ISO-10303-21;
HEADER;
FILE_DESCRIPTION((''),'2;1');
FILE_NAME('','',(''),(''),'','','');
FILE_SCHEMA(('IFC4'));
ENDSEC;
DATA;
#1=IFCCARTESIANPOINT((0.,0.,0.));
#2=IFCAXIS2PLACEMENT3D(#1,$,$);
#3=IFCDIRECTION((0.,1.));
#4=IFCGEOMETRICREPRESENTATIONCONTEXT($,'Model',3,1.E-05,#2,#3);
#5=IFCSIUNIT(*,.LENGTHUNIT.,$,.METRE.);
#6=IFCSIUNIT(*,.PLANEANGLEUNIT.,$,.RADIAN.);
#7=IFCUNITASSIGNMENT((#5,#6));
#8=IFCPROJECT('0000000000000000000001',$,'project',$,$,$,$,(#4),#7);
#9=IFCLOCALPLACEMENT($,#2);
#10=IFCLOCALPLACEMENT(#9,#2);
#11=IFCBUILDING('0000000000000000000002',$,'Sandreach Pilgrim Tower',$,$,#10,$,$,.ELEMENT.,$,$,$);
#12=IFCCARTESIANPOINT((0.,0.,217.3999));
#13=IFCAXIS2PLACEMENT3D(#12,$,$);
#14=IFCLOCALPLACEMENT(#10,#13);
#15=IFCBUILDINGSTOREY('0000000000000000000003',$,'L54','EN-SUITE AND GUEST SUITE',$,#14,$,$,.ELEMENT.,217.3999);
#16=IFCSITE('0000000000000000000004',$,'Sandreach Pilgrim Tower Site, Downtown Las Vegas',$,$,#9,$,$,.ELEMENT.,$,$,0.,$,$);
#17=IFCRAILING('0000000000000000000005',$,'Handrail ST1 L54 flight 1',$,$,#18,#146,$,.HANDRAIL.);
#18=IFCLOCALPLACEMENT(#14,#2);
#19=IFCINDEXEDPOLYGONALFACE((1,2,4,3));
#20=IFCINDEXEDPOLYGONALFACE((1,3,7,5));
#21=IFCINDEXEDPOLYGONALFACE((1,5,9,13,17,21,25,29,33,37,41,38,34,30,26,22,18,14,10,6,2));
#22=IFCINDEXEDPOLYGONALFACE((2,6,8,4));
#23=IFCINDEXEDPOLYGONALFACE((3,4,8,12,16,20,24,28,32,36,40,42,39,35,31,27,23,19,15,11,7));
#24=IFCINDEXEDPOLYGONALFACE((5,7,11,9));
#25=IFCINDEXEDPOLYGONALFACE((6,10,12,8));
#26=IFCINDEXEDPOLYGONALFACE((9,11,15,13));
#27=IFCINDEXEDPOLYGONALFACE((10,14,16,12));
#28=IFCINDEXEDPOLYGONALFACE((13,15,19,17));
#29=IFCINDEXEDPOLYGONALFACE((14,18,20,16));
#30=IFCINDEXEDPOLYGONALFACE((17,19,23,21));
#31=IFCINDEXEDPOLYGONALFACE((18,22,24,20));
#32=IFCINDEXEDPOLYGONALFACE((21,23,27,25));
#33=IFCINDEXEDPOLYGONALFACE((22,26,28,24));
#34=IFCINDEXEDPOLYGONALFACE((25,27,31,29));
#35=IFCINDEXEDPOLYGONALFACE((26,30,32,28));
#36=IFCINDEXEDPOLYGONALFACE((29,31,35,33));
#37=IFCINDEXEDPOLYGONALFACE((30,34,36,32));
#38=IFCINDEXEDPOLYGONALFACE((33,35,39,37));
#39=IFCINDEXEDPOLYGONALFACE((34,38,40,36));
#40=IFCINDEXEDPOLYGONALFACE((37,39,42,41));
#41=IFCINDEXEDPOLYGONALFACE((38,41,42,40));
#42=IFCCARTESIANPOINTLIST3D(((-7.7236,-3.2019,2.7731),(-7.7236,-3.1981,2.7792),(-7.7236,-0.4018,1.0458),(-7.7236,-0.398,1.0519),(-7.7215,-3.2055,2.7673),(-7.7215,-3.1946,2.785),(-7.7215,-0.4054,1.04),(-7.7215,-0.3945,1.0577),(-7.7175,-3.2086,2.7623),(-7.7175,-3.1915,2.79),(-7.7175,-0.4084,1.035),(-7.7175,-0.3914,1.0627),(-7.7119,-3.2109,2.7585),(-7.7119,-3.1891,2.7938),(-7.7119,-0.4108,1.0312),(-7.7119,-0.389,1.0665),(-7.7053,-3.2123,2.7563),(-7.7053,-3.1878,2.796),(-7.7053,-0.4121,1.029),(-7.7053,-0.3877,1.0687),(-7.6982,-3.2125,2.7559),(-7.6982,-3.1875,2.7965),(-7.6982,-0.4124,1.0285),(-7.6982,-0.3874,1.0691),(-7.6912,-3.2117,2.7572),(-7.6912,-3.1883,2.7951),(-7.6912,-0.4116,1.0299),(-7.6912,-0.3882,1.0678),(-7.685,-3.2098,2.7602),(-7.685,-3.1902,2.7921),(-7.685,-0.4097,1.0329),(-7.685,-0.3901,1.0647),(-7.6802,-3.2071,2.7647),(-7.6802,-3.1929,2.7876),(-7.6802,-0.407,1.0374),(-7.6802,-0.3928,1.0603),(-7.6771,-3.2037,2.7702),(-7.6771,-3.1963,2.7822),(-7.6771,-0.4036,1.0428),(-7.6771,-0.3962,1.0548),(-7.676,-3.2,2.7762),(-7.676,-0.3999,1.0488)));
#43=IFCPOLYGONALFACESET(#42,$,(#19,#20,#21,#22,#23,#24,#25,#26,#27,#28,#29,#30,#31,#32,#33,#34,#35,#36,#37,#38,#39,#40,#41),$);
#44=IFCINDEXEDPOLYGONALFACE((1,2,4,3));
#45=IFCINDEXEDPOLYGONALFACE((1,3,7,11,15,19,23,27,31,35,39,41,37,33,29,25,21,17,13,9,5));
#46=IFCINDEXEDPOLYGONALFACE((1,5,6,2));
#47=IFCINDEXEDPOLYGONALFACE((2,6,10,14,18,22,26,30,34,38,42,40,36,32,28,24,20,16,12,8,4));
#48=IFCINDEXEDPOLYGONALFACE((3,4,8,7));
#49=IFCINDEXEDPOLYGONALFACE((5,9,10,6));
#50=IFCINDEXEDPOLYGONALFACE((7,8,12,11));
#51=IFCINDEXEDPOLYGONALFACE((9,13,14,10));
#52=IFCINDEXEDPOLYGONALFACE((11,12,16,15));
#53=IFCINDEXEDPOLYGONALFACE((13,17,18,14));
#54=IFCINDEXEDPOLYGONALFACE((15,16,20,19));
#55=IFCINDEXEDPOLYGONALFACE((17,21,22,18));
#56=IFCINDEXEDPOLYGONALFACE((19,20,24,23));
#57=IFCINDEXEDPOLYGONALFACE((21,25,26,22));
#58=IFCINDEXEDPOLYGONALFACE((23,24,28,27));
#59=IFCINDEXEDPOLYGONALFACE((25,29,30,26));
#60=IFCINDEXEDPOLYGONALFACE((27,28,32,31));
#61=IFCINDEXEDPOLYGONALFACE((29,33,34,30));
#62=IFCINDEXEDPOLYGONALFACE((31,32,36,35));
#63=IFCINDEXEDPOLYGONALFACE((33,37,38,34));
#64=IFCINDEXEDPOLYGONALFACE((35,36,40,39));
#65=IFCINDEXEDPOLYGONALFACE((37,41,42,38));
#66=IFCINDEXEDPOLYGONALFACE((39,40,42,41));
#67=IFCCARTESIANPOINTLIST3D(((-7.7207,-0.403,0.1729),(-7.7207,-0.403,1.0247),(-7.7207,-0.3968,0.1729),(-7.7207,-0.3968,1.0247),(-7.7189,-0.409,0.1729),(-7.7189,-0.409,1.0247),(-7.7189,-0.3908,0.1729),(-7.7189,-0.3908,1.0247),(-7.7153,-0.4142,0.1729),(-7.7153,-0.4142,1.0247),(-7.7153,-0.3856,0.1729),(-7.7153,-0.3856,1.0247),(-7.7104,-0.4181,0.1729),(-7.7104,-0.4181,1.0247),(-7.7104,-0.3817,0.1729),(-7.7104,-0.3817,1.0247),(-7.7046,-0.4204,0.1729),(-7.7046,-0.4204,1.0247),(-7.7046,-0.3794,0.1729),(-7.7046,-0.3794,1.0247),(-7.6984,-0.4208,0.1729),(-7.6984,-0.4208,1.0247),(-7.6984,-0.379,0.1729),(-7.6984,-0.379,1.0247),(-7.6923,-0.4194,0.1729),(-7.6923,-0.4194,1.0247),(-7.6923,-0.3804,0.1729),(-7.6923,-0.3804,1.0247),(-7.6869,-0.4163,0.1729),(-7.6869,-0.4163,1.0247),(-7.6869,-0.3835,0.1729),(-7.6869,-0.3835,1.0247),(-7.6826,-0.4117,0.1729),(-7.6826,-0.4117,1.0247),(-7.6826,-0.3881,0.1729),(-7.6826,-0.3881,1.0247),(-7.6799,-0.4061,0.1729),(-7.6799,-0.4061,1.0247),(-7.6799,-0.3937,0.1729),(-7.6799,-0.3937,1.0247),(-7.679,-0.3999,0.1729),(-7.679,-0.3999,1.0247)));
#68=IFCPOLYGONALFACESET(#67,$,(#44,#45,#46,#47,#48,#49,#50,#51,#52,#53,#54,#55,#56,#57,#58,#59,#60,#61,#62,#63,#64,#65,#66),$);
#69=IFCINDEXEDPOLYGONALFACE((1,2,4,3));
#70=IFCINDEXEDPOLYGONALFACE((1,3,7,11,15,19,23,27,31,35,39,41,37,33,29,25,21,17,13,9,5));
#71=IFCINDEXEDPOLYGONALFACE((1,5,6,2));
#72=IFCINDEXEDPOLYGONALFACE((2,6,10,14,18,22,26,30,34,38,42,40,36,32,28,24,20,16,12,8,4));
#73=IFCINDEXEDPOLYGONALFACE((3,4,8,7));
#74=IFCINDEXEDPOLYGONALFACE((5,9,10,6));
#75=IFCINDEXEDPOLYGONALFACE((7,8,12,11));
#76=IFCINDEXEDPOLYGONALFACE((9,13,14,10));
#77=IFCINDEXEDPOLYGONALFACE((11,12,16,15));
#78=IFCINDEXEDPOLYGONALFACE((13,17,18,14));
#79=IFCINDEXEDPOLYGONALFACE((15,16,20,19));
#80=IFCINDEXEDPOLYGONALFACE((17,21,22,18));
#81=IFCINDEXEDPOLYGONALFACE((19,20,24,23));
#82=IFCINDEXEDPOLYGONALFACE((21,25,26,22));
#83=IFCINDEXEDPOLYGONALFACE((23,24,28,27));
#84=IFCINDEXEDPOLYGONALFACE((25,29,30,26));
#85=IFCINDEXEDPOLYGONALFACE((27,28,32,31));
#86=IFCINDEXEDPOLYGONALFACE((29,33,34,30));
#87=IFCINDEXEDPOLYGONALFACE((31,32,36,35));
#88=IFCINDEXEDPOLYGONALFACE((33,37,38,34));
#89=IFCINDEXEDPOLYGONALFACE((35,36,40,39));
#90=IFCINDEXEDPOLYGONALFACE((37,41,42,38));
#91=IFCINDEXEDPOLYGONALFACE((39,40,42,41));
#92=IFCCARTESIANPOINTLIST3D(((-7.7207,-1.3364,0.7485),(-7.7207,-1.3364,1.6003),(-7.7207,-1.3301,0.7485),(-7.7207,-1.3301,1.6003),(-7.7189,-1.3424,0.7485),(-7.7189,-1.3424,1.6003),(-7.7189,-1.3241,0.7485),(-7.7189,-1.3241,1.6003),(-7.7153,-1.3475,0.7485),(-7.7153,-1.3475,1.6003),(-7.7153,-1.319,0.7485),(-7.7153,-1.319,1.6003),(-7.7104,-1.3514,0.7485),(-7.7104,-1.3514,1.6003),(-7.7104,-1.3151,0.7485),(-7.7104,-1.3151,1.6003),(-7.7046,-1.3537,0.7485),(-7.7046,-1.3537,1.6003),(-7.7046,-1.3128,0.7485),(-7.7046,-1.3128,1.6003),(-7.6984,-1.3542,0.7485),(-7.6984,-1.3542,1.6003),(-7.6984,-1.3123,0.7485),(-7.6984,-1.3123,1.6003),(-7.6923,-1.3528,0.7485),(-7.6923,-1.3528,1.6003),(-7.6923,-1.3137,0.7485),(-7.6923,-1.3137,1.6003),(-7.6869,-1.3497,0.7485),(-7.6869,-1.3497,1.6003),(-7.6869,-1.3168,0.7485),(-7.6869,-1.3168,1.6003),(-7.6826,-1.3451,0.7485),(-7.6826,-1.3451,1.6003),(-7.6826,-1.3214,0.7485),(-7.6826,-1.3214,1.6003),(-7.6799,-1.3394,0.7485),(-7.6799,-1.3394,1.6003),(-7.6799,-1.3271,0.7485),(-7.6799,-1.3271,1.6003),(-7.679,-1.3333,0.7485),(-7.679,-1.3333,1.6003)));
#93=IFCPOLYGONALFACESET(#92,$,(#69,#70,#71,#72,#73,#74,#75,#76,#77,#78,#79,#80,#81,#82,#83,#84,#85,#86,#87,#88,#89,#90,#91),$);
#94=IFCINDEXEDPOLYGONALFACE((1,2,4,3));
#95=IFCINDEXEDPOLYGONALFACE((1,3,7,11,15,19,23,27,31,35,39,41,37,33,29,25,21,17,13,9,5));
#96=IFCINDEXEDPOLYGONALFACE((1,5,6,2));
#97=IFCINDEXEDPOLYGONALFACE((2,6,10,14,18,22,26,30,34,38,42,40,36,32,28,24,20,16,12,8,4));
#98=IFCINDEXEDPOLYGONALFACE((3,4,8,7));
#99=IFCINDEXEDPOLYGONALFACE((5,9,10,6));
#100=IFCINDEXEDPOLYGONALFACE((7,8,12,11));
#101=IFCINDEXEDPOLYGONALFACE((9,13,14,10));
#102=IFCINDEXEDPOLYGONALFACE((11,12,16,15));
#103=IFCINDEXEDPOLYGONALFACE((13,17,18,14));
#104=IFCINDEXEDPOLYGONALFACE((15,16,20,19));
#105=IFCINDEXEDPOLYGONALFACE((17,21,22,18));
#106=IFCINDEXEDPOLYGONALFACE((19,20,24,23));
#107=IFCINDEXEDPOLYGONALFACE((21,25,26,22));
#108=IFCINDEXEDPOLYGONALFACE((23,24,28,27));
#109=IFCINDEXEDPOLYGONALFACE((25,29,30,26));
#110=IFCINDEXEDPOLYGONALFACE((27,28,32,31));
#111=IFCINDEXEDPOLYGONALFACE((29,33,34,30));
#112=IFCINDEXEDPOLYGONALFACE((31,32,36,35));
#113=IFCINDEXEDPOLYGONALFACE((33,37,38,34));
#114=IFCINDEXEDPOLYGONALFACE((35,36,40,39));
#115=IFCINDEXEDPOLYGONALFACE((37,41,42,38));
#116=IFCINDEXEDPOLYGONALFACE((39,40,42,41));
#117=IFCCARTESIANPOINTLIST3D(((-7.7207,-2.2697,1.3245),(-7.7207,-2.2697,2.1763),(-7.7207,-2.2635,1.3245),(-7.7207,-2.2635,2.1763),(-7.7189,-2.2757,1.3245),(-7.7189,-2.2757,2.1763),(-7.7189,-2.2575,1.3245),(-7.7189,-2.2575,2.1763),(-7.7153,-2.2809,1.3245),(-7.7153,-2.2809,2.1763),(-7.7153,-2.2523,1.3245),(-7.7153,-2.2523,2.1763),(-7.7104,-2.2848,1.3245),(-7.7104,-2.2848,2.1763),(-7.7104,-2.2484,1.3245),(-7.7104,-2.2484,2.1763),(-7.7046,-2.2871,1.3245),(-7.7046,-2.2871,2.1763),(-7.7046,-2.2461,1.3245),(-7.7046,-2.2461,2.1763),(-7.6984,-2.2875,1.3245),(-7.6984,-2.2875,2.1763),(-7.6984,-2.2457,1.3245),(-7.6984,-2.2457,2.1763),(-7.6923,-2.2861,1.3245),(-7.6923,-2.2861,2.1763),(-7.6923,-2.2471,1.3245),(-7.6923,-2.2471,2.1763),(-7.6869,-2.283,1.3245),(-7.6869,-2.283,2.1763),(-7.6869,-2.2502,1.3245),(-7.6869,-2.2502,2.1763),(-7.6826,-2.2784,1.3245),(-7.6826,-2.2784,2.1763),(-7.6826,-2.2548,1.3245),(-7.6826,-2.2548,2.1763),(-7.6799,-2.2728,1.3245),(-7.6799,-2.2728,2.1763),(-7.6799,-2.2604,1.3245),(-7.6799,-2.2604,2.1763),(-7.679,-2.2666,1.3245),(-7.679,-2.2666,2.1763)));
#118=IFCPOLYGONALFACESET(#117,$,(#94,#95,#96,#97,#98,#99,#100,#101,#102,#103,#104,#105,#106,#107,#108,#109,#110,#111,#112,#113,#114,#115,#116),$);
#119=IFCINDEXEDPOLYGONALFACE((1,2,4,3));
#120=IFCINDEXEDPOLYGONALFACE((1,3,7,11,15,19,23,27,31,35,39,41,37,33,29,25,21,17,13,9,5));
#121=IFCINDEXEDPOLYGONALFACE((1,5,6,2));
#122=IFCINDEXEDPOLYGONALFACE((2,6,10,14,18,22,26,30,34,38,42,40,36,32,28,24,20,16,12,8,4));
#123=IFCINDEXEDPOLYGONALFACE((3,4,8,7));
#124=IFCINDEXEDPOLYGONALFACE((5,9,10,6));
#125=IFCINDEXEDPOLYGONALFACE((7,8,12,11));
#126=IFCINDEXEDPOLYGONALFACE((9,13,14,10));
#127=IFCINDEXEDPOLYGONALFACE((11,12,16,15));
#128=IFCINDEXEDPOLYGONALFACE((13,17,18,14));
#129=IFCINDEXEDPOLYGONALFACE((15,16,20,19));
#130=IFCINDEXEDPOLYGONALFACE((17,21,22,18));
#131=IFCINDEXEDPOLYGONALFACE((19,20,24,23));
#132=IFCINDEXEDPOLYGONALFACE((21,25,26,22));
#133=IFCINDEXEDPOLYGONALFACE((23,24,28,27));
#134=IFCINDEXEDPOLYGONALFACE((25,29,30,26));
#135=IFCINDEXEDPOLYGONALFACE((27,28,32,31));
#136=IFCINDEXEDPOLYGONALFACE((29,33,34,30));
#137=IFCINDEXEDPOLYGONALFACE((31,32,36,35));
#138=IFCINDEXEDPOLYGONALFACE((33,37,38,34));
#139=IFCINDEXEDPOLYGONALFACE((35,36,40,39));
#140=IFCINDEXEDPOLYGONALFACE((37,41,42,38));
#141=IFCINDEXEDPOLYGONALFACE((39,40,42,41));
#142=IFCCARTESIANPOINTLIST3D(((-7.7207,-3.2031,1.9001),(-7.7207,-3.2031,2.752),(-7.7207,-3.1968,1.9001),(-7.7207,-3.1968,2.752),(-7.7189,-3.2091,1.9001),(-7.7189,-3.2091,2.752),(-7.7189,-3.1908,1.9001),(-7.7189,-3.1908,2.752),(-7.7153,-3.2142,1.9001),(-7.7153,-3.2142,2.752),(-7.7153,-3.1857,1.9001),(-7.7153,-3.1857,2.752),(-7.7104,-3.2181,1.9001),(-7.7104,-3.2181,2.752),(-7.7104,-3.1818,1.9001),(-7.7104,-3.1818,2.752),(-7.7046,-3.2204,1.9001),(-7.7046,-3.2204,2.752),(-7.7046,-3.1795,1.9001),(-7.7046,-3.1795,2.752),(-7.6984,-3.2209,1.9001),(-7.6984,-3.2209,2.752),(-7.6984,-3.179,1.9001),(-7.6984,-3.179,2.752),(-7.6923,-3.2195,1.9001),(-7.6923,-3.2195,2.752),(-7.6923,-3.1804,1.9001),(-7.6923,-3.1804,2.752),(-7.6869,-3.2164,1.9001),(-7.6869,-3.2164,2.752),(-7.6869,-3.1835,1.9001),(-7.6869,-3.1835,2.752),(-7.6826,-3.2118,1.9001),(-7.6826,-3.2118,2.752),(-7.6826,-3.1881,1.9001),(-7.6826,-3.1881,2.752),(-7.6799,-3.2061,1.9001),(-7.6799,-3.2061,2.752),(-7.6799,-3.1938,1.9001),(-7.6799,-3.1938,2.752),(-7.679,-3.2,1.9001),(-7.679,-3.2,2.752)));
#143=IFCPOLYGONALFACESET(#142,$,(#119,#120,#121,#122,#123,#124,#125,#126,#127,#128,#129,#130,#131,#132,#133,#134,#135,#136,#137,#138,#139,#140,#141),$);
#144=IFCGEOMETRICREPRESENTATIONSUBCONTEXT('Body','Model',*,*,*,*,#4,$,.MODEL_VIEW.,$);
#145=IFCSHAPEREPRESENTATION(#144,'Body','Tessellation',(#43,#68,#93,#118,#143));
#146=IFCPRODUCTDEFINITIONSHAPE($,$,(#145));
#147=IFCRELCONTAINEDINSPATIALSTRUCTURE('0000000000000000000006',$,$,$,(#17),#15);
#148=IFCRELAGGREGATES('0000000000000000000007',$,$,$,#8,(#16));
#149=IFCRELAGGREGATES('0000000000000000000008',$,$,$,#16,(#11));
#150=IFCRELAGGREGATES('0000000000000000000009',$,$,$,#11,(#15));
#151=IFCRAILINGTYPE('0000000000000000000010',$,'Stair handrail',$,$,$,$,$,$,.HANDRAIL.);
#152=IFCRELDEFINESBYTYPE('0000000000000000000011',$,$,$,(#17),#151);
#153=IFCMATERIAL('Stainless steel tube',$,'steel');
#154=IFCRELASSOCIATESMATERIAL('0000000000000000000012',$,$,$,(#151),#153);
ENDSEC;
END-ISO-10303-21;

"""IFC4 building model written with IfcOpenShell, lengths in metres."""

from ifc_helpers import new_model, si_unit, direction, frame, origin, origin_2d, place, context, subcontext, project, spatial, circle, extrude, material, type_object, element, save


model = new_model("IFC4")

# Units and contexts
model_context = context("Model", 3, precision=1e-05, world=origin(), true_north=direction((0.0, 1.0)))
body_context = subcontext(model_context, "Body", "Model", "MODEL_VIEW")
ifc_project = project(units=[si_unit("LENGTHUNIT", "METRE"), si_unit("PLANEANGLEUNIT", "RADIAN")], contexts=[model_context])

# Site, building, storey
site_placement = place(None, origin())
site = spatial("IfcSite", under=ifc_project, at=site_placement, Name="Sandreach Pilgrim Tower Site, Downtown Las Vegas", CompositionType="ELEMENT", RefElevation=0.0)
building_placement = place(site_placement, origin())
building = spatial("IfcBuilding", under=site, at=building_placement, Name="Sandreach Pilgrim Tower", CompositionType="ELEMENT")
storey_placement = place(building_placement, frame((0.0, 0.0, 217.3999)))
storey = spatial("IfcBuildingStorey", under=building, at=storey_placement, Name="L54", Description="EN-SUITE AND GUEST SUITE", CompositionType="ELEMENT", Elevation=217.3999)

# Railing
ifc_material_1 = material(Name="Stainless steel tube", Category="steel")
railing_type = type_object("IfcRailingType", Name="Stair handrail", PredefinedType="HANDRAIL", material=ifc_material_1)
for number, where, name in (
    (1, (-7.7, -0.3999, 0.1729), "Handrail ST1 L54 flight 1"),
):
    element("IfcRailing", number, at=place(storey_placement, frame(where)), inside=storey, type_object=railing_type, Name=name, PredefinedType="HANDRAIL", context=body_context, shape_type="SweptSolid", body=[
        extrude(circle(Radius=0.0239, at=origin_2d()), frame((0.0, 0.0, 0.876), z_axis=(0.0, -0.85109, 0.52502), x_axis=(1.0, 0.0, 0.0)), (0.0, 0.0, 1.0), 3.29),
        extrude(circle(Radius=0.021, at=origin_2d()), origin(), (0.0, 0.0, 1.0), 0.8518),
        extrude(circle(Radius=0.021, at=origin_2d()), frame((0.0, -0.9333, 0.5757)), (0.0, 0.0, 1.0), 0.8518),
        extrude(circle(Radius=0.021, at=origin_2d()), frame((0.0, -1.8667, 1.1516)), (0.0, 0.0, 1.0), 0.8518),
        extrude(circle(Radius=0.021, at=origin_2d()), frame((0.0, -2.8, 1.7273)), (0.0, 0.0, 1.0), 0.8518),
    ])

save(model, "model.ifc")
